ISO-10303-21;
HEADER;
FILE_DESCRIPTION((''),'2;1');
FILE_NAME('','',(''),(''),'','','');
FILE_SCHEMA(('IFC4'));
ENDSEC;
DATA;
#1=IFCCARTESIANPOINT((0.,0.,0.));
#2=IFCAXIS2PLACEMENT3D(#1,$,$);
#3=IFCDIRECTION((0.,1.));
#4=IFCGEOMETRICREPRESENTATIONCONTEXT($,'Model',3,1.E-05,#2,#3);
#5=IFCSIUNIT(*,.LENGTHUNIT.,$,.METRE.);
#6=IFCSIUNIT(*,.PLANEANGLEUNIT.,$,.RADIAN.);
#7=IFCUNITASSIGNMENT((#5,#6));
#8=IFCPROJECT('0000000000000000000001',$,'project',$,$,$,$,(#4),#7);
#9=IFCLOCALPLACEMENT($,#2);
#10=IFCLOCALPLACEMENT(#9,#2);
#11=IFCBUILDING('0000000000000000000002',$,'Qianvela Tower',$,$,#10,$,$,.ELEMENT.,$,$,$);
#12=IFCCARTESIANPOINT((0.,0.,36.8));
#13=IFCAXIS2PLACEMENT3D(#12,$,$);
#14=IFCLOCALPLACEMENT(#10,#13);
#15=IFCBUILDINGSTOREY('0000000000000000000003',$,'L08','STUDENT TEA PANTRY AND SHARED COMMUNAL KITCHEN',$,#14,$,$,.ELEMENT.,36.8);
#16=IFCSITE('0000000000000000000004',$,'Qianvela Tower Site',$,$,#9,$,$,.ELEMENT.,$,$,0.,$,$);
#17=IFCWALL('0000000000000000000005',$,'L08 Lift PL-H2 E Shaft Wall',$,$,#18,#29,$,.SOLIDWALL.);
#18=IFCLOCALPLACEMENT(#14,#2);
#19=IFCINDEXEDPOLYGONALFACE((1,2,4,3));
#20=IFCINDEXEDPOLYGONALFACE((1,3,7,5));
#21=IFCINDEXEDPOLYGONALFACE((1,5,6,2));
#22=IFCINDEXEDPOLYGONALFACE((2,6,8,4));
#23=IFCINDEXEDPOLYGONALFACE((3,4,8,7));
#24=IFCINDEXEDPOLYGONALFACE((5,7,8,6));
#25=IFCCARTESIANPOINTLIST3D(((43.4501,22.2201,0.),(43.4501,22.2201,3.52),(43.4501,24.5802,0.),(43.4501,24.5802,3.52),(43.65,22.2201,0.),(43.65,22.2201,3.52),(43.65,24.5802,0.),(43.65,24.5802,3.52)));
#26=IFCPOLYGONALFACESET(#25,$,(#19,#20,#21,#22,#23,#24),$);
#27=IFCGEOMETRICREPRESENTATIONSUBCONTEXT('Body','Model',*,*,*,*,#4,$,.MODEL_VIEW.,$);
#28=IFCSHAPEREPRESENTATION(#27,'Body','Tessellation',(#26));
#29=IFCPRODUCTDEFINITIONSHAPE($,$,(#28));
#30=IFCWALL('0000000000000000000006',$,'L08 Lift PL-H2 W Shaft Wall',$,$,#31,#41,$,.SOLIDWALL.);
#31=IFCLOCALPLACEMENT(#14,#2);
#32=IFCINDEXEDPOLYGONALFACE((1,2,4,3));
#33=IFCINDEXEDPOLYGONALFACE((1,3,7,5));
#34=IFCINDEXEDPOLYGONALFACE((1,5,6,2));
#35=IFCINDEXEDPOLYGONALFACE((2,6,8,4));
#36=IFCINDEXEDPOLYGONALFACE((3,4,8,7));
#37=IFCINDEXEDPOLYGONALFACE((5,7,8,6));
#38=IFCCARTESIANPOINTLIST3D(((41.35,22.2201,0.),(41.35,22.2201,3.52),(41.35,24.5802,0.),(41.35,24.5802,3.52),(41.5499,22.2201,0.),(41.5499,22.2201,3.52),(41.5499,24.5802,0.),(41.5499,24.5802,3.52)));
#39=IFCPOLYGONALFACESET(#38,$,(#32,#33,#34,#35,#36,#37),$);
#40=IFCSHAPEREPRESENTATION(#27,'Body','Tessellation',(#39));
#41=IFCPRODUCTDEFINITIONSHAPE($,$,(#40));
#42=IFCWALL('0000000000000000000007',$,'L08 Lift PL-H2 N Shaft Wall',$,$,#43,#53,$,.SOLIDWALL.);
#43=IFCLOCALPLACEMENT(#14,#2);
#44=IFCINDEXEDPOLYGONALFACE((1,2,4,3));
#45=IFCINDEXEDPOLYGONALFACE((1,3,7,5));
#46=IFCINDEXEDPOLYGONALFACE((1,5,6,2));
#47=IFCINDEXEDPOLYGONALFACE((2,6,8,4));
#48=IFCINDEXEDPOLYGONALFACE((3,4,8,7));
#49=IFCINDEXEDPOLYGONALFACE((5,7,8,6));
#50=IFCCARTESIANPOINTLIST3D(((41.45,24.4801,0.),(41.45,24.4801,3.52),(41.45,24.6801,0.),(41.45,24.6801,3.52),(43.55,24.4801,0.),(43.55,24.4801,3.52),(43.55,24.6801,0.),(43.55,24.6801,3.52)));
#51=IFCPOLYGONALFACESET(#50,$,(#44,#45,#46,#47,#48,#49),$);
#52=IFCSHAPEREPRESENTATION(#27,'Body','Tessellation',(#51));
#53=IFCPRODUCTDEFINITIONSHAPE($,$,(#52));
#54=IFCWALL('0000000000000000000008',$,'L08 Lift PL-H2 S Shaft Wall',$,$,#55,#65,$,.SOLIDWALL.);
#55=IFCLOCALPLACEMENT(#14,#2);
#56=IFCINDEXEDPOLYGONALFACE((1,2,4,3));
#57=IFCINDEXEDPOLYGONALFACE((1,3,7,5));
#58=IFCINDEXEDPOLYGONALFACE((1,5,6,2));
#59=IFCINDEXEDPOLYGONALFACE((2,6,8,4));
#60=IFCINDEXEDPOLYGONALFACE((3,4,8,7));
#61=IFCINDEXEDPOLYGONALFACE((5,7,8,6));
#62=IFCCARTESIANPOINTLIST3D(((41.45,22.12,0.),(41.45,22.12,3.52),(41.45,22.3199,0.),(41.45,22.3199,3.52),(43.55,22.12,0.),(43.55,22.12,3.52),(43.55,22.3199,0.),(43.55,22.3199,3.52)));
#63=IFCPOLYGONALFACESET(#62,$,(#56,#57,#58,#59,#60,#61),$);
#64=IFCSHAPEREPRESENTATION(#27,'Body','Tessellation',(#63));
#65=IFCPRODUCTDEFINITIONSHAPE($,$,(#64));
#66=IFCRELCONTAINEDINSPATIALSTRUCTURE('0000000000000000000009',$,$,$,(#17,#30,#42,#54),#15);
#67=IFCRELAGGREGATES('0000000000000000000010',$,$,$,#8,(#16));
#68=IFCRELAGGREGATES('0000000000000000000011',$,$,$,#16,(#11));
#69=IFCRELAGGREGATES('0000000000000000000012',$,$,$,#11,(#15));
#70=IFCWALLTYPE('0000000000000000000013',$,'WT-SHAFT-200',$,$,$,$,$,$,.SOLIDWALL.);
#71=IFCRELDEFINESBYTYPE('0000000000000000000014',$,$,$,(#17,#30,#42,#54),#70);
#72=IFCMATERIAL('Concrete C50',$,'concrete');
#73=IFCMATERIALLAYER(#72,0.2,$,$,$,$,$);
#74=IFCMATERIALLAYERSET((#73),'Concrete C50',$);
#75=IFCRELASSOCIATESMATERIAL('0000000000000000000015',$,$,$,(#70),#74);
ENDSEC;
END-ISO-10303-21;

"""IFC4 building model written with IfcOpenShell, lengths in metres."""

from ifc_helpers import new_model, si_unit, direction, frame, frame_2d, origin, place, context, subcontext, project, spatial, rectangle, extrude, material, layer, layer_set, type_object, element, save


model = new_model("IFC4")

# Units and contexts
model_context = context("Model", 3, precision=1e-05, world=origin(), true_north=direction((0.0, 1.0)))
body_context = subcontext(model_context, "Body", "Model", "MODEL_VIEW")
ifc_project = project(units=[si_unit("LENGTHUNIT", "METRE"), si_unit("PLANEANGLEUNIT", "RADIAN")], contexts=[model_context])

# Site, building, storey
site_placement = place(None, origin())
site = spatial("IfcSite", under=ifc_project, at=site_placement, Name="Qianvela Tower Site", CompositionType="ELEMENT", RefElevation=0.0)
building_placement = place(site_placement, origin())
building = spatial("IfcBuilding", under=site, at=building_placement, Name="Qianvela Tower", CompositionType="ELEMENT")
storey_placement = place(building_placement, frame((0.0, 0.0, 36.8)))
storey = spatial("IfcBuildingStorey", under=building, at=storey_placement, Name="L08", Description="STUDENT TEA PANTRY AND SHARED COMMUNAL KITCHEN", CompositionType="ELEMENT", Elevation=36.8)

# Walls
ifc_material_1 = material(Name="Concrete C50", Category="concrete")
ifc_layer_1 = layer(ifc_material_1, 0.2)
ifc_layer_set_1 = layer_set([ifc_layer_1], Name="Concrete C50")
wall_type_1 = type_object("IfcWallType", Name="WT-SHAFT-200", PredefinedType="SOLIDWALL", material=ifc_layer_set_1)
for number, where, z_axis, x_axis, name in (
    (1, (43.55, 22.22, 0.0), (0.0, 0.0, 1.0), (0.0, 1.0, 0.0), "L08 Lift PL-H2 E Shaft Wall"),
    (2, (41.45, 22.22, 0.0), (0.0, 0.0, 1.0), (0.0, 1.0, 0.0), "L08 Lift PL-H2 W Shaft Wall"),
):
    element("IfcWall", number, at=place(storey_placement, frame(where, z_axis=z_axis, x_axis=x_axis)), inside=storey, type_object=wall_type_1, Name=name, PredefinedType="SOLIDWALL", context=body_context, shape_type="SweptSolid", body=[
        extrude(rectangle(XDim=2.3601, YDim=0.2, at=frame_2d((1.1802, 0.0))), origin(), (0.0, 0.0, 1.0), 3.52),
    ])
for number, where, z_axis, x_axis, name in (
    (3, (41.45, 24.5801, 0.0), (0.0, 0.0, 1.0), (1.0, 0.0, 0.0), "L08 Lift PL-H2 N Shaft Wall"),
    (4, (41.45, 22.22, 0.0), (0.0, 0.0, 1.0), (1.0, 0.0, 0.0), "L08 Lift PL-H2 S Shaft Wall"),
):
    element("IfcWall", number, at=place(storey_placement, frame(where, z_axis=z_axis, x_axis=x_axis)), inside=storey, type_object=wall_type_1, Name=name, PredefinedType="SOLIDWALL", context=body_context, shape_type="SweptSolid", body=[
        extrude(rectangle(XDim=2.1001, YDim=0.2, at=frame_2d((1.05, 0.0))), origin(), (0.0, 0.0, 1.0), 3.52),
    ])

save(model, "model.ifc")
